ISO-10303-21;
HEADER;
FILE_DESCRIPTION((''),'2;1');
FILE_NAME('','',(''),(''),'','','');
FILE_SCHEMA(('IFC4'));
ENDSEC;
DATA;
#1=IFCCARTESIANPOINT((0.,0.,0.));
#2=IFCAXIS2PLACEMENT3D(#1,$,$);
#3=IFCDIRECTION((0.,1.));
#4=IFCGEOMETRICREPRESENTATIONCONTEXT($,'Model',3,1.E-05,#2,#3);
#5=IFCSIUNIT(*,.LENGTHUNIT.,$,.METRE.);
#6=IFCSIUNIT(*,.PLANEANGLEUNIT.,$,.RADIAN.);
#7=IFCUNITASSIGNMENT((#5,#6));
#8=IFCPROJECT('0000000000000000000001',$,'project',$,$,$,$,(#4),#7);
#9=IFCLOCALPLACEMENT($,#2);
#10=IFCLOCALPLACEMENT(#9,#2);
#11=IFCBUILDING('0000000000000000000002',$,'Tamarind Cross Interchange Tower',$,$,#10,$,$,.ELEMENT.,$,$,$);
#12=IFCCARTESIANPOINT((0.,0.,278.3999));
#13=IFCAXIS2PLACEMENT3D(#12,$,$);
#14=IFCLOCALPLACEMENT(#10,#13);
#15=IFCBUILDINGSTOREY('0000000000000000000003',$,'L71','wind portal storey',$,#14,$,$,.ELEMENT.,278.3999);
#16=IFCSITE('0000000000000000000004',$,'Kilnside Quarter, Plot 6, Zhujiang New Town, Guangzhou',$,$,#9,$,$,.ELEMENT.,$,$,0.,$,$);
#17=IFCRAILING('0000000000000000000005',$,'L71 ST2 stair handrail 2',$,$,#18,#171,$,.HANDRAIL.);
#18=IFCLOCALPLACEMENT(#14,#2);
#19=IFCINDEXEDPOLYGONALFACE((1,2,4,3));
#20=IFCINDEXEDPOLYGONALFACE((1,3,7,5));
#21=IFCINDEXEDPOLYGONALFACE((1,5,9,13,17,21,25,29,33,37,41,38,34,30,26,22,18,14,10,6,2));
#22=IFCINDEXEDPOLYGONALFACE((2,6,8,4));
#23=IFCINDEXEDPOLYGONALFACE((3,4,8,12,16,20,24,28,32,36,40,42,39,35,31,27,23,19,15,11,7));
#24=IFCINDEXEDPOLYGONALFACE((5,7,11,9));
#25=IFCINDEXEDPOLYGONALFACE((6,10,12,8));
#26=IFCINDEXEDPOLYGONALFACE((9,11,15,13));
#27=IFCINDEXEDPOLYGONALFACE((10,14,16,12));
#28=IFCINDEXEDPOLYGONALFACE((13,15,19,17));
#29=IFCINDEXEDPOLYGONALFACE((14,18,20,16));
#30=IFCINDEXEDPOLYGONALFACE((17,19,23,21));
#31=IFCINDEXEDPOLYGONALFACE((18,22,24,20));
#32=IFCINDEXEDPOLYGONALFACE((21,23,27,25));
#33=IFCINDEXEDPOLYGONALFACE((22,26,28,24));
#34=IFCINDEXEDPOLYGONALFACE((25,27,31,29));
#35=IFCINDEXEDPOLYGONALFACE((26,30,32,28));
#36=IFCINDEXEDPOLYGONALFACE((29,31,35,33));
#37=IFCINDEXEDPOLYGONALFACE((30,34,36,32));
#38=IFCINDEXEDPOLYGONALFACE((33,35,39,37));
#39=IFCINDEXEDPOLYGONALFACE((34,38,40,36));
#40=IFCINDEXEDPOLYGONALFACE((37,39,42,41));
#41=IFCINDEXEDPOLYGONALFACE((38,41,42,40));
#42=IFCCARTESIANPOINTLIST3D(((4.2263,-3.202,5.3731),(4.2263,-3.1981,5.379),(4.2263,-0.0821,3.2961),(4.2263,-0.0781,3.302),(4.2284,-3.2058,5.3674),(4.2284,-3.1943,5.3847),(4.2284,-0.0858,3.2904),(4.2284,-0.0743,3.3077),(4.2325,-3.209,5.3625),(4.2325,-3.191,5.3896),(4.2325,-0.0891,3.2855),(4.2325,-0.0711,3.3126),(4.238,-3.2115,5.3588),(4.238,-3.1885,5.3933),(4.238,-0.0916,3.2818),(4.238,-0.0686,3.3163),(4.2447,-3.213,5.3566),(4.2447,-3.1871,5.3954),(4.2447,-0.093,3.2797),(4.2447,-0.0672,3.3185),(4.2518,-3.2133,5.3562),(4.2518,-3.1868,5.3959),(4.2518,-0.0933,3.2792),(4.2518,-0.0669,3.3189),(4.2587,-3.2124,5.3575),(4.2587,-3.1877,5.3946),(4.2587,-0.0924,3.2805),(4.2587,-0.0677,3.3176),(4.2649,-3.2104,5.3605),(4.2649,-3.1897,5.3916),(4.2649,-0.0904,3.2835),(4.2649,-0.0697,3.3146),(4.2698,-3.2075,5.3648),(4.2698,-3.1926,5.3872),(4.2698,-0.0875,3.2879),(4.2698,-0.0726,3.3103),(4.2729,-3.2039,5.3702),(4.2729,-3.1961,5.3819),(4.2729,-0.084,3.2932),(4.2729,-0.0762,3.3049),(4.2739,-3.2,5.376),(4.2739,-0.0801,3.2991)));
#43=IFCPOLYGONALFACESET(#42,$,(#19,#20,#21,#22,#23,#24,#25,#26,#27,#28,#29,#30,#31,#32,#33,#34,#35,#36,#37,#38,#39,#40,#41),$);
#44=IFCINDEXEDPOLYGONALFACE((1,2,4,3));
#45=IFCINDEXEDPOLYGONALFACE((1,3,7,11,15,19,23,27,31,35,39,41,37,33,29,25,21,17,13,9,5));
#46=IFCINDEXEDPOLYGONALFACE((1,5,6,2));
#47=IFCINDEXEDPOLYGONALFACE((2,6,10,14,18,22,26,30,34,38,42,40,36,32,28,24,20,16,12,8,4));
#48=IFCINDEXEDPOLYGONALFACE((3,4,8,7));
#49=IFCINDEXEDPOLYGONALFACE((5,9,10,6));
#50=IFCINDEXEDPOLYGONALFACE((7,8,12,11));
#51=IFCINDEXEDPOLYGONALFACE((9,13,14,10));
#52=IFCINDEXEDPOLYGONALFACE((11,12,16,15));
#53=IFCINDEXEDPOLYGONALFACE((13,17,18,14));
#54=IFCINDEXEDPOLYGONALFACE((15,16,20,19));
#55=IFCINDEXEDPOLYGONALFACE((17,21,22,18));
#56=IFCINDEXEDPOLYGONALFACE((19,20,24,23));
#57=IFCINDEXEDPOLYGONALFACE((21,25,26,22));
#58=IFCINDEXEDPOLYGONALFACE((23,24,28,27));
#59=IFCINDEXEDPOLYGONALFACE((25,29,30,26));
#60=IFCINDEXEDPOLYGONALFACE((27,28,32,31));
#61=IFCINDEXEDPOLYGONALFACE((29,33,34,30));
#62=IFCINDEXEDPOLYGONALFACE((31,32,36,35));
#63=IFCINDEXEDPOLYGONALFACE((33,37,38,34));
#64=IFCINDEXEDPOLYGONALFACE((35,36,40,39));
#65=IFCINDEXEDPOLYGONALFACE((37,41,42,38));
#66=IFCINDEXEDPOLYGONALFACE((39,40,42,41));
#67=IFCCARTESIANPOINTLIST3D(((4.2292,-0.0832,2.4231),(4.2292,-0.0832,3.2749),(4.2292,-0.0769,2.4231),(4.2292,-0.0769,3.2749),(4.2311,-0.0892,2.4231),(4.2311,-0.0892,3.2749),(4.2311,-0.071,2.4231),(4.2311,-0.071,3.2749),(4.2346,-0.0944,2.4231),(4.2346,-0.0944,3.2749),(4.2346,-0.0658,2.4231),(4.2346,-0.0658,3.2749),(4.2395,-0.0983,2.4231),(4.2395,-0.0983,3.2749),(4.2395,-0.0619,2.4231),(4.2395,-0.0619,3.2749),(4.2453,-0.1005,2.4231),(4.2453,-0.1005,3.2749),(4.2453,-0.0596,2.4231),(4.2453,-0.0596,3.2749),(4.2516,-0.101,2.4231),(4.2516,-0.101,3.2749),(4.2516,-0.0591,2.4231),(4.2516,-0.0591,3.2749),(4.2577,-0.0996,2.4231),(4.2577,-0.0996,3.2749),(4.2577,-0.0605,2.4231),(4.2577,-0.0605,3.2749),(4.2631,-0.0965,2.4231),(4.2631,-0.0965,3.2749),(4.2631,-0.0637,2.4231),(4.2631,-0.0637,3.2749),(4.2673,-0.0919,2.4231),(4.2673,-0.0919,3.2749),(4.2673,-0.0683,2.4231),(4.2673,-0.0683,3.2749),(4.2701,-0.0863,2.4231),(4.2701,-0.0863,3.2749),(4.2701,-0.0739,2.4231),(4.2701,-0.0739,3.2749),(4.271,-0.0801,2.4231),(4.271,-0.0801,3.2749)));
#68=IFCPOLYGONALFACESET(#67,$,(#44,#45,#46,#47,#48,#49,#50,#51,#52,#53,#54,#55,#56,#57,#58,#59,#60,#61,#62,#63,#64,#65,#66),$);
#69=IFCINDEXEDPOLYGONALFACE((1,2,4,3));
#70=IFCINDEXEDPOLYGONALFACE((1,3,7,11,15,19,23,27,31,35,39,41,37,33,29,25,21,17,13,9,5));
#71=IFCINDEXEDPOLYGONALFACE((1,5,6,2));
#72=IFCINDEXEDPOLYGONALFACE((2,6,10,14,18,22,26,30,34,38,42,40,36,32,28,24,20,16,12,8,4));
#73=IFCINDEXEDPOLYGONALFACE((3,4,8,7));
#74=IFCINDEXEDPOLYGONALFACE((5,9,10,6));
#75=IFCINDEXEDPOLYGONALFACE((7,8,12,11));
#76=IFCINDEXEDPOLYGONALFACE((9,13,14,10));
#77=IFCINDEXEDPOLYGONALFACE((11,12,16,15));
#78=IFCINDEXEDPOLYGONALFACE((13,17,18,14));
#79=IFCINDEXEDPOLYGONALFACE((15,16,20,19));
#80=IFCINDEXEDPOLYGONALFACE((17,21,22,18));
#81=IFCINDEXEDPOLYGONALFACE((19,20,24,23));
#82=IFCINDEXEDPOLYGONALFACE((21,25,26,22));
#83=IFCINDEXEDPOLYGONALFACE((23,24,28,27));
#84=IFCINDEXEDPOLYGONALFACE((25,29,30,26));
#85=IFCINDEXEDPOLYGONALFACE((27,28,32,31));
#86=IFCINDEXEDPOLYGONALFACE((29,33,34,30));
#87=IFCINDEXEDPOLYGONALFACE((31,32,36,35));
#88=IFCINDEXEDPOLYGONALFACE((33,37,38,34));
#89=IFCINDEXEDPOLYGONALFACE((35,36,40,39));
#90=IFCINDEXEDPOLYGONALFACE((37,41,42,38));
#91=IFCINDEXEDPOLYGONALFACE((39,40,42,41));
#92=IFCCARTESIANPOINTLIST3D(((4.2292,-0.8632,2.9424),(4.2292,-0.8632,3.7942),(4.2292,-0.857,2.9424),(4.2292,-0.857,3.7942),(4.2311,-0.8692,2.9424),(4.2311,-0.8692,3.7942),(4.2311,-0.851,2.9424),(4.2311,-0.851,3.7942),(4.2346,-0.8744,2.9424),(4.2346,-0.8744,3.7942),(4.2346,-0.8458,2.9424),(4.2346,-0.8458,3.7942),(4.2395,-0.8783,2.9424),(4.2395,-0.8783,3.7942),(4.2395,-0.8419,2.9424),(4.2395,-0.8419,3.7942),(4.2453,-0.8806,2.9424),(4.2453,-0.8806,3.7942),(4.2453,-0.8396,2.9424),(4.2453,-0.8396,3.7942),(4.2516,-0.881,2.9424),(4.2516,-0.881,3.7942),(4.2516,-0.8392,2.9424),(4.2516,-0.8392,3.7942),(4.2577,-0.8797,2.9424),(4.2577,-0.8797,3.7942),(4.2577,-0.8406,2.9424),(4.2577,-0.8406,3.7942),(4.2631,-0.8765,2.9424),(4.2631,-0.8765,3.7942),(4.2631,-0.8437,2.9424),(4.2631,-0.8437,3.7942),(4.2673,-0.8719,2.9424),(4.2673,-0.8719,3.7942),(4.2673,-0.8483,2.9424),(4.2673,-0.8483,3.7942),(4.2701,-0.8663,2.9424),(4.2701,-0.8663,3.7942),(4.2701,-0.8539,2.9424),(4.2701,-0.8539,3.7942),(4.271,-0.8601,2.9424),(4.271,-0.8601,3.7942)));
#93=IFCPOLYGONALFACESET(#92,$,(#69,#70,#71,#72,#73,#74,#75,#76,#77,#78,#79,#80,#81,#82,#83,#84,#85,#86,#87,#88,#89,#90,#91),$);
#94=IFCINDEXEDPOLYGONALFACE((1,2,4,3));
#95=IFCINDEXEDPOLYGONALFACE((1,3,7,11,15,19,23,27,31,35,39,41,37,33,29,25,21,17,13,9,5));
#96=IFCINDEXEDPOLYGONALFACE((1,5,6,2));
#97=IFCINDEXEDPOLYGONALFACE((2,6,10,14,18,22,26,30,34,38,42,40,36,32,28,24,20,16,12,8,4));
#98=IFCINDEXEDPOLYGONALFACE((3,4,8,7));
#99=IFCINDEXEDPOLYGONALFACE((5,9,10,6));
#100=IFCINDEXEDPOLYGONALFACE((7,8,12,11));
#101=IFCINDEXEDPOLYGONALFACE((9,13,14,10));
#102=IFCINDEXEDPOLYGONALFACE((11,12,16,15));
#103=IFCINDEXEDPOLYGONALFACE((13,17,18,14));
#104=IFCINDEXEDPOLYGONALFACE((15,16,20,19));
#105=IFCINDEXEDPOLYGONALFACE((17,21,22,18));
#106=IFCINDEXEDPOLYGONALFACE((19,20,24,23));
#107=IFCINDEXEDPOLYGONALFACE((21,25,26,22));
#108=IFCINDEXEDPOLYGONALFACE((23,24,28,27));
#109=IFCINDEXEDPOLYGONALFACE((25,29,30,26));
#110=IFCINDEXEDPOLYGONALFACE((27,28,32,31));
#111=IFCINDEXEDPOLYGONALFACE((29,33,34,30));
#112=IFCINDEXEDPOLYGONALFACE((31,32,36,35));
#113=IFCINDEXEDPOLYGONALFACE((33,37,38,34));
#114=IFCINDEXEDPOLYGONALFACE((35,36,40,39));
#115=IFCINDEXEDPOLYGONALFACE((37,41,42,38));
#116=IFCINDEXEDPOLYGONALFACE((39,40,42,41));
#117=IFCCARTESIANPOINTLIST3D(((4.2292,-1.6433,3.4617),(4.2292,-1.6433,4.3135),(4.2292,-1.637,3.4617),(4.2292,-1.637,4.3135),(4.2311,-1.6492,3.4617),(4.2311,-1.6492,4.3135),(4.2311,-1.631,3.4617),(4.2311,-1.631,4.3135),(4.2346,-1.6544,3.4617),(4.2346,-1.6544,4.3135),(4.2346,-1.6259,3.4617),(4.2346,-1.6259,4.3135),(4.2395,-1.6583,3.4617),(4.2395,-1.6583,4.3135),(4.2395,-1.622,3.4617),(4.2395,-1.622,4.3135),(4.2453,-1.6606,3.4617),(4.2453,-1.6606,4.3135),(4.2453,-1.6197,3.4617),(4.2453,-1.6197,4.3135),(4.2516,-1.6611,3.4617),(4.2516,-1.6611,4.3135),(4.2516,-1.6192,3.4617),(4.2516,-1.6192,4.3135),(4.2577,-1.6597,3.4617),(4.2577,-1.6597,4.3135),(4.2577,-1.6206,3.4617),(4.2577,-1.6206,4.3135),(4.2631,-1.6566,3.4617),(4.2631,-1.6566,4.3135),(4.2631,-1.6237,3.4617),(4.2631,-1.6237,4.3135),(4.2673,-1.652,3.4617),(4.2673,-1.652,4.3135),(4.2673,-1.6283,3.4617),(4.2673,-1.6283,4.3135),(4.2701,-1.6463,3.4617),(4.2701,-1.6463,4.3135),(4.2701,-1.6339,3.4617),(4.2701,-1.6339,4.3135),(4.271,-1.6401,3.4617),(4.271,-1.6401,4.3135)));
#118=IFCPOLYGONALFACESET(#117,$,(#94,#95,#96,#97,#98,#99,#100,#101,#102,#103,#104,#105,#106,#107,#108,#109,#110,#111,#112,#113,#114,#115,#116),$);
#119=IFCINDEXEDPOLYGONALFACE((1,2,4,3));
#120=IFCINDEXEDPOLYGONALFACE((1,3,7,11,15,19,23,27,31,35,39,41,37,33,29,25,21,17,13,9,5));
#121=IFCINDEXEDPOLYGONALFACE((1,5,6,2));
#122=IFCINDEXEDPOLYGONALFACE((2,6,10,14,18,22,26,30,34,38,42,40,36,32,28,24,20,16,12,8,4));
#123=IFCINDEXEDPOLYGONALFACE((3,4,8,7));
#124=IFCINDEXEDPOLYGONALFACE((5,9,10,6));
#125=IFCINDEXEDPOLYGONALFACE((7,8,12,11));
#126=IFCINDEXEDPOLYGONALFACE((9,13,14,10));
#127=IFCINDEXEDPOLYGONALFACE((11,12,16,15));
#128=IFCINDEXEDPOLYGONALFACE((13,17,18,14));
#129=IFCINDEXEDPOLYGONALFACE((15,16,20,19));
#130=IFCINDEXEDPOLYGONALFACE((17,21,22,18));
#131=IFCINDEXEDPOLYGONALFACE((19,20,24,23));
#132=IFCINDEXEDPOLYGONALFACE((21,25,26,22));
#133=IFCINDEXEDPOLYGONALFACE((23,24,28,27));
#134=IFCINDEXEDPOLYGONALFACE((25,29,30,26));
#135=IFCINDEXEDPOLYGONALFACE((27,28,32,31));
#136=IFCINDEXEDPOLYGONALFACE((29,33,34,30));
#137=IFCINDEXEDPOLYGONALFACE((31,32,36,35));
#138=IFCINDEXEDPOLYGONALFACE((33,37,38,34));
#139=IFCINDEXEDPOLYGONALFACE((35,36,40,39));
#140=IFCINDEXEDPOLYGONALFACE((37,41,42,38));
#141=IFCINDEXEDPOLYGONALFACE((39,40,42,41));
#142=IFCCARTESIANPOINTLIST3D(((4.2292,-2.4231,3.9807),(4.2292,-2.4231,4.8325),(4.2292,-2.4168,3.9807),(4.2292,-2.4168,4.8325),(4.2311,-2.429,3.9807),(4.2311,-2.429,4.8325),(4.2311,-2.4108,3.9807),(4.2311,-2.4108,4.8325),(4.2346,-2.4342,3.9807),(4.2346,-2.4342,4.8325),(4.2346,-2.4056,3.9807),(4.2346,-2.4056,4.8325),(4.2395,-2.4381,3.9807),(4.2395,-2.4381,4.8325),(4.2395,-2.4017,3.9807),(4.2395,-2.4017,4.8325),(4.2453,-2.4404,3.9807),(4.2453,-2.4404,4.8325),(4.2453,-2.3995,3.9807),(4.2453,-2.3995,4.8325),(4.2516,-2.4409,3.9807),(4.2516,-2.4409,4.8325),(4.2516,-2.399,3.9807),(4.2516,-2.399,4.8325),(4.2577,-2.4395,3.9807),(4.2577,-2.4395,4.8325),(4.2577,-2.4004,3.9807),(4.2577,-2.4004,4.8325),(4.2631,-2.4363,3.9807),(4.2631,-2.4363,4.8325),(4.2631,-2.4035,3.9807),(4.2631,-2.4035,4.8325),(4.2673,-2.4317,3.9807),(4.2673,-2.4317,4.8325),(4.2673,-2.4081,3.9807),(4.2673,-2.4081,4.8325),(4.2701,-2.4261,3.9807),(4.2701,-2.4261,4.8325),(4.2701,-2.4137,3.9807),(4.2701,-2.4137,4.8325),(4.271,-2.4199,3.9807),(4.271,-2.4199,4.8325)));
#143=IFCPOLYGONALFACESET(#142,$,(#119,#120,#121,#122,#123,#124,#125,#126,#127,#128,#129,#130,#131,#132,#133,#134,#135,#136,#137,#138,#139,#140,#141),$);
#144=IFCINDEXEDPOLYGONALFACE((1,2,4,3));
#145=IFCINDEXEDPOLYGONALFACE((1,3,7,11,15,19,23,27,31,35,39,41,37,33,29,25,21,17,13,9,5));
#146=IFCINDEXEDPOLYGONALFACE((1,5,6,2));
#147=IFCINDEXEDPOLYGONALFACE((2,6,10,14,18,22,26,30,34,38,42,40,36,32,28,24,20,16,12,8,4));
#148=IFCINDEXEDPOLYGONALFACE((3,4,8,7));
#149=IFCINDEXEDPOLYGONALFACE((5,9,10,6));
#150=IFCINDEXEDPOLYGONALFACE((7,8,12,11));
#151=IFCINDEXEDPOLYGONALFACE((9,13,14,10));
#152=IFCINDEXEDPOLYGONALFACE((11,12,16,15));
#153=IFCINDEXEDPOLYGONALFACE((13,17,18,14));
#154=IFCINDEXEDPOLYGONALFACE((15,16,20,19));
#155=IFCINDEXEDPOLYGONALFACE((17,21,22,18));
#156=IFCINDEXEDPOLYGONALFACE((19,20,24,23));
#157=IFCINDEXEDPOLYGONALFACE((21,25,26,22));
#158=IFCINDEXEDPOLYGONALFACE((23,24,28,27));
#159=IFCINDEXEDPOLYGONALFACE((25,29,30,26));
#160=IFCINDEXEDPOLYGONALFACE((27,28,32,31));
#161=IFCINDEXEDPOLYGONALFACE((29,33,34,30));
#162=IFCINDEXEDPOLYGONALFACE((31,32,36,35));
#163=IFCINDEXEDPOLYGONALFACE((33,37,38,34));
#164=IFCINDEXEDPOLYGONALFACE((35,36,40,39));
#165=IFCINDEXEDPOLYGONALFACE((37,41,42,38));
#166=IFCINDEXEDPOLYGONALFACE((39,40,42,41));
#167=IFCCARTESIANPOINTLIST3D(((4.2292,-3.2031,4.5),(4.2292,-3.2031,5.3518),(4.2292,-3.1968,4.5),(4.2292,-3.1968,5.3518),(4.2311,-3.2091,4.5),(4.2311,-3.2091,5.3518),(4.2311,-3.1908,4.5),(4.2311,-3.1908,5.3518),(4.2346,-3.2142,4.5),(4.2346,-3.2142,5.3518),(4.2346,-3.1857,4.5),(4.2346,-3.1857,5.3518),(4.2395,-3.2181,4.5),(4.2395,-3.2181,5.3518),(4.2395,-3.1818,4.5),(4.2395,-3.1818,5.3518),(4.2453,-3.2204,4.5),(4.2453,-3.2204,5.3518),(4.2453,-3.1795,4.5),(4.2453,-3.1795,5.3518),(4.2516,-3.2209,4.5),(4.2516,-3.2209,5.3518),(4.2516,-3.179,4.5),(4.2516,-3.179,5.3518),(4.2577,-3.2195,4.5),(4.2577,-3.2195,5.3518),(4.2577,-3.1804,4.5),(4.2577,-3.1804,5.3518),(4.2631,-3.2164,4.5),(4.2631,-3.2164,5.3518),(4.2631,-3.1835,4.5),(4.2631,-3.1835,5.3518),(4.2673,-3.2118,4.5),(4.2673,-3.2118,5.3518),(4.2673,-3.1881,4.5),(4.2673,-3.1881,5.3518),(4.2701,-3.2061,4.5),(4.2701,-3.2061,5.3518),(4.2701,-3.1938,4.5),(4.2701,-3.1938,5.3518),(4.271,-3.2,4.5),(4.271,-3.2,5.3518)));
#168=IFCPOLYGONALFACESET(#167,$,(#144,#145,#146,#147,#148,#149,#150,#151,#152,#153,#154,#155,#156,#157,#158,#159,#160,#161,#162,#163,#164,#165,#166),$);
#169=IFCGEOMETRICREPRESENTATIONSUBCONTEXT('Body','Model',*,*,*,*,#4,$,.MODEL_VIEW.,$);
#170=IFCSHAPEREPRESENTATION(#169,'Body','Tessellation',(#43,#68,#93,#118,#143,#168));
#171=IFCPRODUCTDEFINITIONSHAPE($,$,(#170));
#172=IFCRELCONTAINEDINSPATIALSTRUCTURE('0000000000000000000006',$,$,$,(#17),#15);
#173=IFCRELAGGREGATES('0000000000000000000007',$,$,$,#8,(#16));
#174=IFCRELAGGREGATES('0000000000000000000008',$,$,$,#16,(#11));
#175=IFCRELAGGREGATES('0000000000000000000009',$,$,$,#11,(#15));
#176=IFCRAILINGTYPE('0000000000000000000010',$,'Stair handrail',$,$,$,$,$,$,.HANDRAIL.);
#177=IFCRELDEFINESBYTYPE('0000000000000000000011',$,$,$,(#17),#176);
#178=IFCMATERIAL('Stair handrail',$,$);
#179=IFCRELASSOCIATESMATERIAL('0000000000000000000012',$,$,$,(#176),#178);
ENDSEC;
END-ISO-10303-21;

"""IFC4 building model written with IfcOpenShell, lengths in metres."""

from ifc_helpers import new_model, si_unit, direction, frame, origin, origin_2d, place, context, subcontext, project, spatial, circle, extrude, material, type_object, element, save


model = new_model("IFC4")

# Units and contexts
model_context = context("Model", 3, precision=1e-05, world=origin(), true_north=direction((0.0, 1.0)))
body_context = subcontext(model_context, "Body", "Model", "MODEL_VIEW")
ifc_project = project(units=[si_unit("LENGTHUNIT", "METRE"), si_unit("PLANEANGLEUNIT", "RADIAN")], contexts=[model_context])

# Site, building, storey
site_placement = place(None, origin())
site = spatial("IfcSite", under=ifc_project, at=site_placement, Name="Kilnside Quarter, Plot 6, Zhujiang New Town, Guangzhou", CompositionType="ELEMENT", RefElevation=0.0)
building_placement = place(site_placement, origin())
building = spatial("IfcBuilding", under=site, at=building_placement, Name="Tamarind Cross Interchange Tower", CompositionType="ELEMENT")
storey_placement = place(building_placement, frame((0.0, 0.0, 278.3999)))
storey = spatial("IfcBuildingStorey", under=building, at=storey_placement, Name="L71", Description="wind portal storey", CompositionType="ELEMENT", Elevation=278.3999)

# Railing
ifc_material_1 = material(Name="Stair handrail")
railing_type_1 = type_object("IfcRailingType", Name="Stair handrail", PredefinedType="HANDRAIL", material=ifc_material_1)
railing_1_placement = place(storey_placement, frame((4.25, -0.0801, 2.4231)))
element("IfcRailing", 1, at=railing_1_placement, inside=storey, type_object=railing_type_1, Name="L71 ST2 stair handrail 2", PredefinedType="HANDRAIL", context=body_context, shape_type="SweptSolid", body=[
    extrude(circle(Radius=0.0239, at=origin_2d()), frame((0.0, 0.0, 0.876), z_axis=(0.0, -0.832421, 0.554144), x_axis=(1.0, 0.0, 0.0)), (0.0, 0.0, 1.0), 3.748),
    extrude(circle(Radius=0.021, at=origin_2d()), origin(), (0.0, 0.0, 1.0), 0.8518),
    extrude(circle(Radius=0.021, at=origin_2d()), frame((0.0, -0.78, 0.5193)), (0.0, 0.0, 1.0), 0.8518),
    extrude(circle(Radius=0.021, at=origin_2d()), frame((0.0, -1.5601, 1.0386)), (0.0, 0.0, 1.0), 0.8518),
    extrude(circle(Radius=0.021, at=origin_2d()), frame((0.0, -2.3398, 1.5576)), (0.0, 0.0, 1.0), 0.8518),
    extrude(circle(Radius=0.021, at=origin_2d()), frame((0.0, -3.1199, 2.0769)), (0.0, 0.0, 1.0), 0.8518),
])

save(model, "model.ifc")
